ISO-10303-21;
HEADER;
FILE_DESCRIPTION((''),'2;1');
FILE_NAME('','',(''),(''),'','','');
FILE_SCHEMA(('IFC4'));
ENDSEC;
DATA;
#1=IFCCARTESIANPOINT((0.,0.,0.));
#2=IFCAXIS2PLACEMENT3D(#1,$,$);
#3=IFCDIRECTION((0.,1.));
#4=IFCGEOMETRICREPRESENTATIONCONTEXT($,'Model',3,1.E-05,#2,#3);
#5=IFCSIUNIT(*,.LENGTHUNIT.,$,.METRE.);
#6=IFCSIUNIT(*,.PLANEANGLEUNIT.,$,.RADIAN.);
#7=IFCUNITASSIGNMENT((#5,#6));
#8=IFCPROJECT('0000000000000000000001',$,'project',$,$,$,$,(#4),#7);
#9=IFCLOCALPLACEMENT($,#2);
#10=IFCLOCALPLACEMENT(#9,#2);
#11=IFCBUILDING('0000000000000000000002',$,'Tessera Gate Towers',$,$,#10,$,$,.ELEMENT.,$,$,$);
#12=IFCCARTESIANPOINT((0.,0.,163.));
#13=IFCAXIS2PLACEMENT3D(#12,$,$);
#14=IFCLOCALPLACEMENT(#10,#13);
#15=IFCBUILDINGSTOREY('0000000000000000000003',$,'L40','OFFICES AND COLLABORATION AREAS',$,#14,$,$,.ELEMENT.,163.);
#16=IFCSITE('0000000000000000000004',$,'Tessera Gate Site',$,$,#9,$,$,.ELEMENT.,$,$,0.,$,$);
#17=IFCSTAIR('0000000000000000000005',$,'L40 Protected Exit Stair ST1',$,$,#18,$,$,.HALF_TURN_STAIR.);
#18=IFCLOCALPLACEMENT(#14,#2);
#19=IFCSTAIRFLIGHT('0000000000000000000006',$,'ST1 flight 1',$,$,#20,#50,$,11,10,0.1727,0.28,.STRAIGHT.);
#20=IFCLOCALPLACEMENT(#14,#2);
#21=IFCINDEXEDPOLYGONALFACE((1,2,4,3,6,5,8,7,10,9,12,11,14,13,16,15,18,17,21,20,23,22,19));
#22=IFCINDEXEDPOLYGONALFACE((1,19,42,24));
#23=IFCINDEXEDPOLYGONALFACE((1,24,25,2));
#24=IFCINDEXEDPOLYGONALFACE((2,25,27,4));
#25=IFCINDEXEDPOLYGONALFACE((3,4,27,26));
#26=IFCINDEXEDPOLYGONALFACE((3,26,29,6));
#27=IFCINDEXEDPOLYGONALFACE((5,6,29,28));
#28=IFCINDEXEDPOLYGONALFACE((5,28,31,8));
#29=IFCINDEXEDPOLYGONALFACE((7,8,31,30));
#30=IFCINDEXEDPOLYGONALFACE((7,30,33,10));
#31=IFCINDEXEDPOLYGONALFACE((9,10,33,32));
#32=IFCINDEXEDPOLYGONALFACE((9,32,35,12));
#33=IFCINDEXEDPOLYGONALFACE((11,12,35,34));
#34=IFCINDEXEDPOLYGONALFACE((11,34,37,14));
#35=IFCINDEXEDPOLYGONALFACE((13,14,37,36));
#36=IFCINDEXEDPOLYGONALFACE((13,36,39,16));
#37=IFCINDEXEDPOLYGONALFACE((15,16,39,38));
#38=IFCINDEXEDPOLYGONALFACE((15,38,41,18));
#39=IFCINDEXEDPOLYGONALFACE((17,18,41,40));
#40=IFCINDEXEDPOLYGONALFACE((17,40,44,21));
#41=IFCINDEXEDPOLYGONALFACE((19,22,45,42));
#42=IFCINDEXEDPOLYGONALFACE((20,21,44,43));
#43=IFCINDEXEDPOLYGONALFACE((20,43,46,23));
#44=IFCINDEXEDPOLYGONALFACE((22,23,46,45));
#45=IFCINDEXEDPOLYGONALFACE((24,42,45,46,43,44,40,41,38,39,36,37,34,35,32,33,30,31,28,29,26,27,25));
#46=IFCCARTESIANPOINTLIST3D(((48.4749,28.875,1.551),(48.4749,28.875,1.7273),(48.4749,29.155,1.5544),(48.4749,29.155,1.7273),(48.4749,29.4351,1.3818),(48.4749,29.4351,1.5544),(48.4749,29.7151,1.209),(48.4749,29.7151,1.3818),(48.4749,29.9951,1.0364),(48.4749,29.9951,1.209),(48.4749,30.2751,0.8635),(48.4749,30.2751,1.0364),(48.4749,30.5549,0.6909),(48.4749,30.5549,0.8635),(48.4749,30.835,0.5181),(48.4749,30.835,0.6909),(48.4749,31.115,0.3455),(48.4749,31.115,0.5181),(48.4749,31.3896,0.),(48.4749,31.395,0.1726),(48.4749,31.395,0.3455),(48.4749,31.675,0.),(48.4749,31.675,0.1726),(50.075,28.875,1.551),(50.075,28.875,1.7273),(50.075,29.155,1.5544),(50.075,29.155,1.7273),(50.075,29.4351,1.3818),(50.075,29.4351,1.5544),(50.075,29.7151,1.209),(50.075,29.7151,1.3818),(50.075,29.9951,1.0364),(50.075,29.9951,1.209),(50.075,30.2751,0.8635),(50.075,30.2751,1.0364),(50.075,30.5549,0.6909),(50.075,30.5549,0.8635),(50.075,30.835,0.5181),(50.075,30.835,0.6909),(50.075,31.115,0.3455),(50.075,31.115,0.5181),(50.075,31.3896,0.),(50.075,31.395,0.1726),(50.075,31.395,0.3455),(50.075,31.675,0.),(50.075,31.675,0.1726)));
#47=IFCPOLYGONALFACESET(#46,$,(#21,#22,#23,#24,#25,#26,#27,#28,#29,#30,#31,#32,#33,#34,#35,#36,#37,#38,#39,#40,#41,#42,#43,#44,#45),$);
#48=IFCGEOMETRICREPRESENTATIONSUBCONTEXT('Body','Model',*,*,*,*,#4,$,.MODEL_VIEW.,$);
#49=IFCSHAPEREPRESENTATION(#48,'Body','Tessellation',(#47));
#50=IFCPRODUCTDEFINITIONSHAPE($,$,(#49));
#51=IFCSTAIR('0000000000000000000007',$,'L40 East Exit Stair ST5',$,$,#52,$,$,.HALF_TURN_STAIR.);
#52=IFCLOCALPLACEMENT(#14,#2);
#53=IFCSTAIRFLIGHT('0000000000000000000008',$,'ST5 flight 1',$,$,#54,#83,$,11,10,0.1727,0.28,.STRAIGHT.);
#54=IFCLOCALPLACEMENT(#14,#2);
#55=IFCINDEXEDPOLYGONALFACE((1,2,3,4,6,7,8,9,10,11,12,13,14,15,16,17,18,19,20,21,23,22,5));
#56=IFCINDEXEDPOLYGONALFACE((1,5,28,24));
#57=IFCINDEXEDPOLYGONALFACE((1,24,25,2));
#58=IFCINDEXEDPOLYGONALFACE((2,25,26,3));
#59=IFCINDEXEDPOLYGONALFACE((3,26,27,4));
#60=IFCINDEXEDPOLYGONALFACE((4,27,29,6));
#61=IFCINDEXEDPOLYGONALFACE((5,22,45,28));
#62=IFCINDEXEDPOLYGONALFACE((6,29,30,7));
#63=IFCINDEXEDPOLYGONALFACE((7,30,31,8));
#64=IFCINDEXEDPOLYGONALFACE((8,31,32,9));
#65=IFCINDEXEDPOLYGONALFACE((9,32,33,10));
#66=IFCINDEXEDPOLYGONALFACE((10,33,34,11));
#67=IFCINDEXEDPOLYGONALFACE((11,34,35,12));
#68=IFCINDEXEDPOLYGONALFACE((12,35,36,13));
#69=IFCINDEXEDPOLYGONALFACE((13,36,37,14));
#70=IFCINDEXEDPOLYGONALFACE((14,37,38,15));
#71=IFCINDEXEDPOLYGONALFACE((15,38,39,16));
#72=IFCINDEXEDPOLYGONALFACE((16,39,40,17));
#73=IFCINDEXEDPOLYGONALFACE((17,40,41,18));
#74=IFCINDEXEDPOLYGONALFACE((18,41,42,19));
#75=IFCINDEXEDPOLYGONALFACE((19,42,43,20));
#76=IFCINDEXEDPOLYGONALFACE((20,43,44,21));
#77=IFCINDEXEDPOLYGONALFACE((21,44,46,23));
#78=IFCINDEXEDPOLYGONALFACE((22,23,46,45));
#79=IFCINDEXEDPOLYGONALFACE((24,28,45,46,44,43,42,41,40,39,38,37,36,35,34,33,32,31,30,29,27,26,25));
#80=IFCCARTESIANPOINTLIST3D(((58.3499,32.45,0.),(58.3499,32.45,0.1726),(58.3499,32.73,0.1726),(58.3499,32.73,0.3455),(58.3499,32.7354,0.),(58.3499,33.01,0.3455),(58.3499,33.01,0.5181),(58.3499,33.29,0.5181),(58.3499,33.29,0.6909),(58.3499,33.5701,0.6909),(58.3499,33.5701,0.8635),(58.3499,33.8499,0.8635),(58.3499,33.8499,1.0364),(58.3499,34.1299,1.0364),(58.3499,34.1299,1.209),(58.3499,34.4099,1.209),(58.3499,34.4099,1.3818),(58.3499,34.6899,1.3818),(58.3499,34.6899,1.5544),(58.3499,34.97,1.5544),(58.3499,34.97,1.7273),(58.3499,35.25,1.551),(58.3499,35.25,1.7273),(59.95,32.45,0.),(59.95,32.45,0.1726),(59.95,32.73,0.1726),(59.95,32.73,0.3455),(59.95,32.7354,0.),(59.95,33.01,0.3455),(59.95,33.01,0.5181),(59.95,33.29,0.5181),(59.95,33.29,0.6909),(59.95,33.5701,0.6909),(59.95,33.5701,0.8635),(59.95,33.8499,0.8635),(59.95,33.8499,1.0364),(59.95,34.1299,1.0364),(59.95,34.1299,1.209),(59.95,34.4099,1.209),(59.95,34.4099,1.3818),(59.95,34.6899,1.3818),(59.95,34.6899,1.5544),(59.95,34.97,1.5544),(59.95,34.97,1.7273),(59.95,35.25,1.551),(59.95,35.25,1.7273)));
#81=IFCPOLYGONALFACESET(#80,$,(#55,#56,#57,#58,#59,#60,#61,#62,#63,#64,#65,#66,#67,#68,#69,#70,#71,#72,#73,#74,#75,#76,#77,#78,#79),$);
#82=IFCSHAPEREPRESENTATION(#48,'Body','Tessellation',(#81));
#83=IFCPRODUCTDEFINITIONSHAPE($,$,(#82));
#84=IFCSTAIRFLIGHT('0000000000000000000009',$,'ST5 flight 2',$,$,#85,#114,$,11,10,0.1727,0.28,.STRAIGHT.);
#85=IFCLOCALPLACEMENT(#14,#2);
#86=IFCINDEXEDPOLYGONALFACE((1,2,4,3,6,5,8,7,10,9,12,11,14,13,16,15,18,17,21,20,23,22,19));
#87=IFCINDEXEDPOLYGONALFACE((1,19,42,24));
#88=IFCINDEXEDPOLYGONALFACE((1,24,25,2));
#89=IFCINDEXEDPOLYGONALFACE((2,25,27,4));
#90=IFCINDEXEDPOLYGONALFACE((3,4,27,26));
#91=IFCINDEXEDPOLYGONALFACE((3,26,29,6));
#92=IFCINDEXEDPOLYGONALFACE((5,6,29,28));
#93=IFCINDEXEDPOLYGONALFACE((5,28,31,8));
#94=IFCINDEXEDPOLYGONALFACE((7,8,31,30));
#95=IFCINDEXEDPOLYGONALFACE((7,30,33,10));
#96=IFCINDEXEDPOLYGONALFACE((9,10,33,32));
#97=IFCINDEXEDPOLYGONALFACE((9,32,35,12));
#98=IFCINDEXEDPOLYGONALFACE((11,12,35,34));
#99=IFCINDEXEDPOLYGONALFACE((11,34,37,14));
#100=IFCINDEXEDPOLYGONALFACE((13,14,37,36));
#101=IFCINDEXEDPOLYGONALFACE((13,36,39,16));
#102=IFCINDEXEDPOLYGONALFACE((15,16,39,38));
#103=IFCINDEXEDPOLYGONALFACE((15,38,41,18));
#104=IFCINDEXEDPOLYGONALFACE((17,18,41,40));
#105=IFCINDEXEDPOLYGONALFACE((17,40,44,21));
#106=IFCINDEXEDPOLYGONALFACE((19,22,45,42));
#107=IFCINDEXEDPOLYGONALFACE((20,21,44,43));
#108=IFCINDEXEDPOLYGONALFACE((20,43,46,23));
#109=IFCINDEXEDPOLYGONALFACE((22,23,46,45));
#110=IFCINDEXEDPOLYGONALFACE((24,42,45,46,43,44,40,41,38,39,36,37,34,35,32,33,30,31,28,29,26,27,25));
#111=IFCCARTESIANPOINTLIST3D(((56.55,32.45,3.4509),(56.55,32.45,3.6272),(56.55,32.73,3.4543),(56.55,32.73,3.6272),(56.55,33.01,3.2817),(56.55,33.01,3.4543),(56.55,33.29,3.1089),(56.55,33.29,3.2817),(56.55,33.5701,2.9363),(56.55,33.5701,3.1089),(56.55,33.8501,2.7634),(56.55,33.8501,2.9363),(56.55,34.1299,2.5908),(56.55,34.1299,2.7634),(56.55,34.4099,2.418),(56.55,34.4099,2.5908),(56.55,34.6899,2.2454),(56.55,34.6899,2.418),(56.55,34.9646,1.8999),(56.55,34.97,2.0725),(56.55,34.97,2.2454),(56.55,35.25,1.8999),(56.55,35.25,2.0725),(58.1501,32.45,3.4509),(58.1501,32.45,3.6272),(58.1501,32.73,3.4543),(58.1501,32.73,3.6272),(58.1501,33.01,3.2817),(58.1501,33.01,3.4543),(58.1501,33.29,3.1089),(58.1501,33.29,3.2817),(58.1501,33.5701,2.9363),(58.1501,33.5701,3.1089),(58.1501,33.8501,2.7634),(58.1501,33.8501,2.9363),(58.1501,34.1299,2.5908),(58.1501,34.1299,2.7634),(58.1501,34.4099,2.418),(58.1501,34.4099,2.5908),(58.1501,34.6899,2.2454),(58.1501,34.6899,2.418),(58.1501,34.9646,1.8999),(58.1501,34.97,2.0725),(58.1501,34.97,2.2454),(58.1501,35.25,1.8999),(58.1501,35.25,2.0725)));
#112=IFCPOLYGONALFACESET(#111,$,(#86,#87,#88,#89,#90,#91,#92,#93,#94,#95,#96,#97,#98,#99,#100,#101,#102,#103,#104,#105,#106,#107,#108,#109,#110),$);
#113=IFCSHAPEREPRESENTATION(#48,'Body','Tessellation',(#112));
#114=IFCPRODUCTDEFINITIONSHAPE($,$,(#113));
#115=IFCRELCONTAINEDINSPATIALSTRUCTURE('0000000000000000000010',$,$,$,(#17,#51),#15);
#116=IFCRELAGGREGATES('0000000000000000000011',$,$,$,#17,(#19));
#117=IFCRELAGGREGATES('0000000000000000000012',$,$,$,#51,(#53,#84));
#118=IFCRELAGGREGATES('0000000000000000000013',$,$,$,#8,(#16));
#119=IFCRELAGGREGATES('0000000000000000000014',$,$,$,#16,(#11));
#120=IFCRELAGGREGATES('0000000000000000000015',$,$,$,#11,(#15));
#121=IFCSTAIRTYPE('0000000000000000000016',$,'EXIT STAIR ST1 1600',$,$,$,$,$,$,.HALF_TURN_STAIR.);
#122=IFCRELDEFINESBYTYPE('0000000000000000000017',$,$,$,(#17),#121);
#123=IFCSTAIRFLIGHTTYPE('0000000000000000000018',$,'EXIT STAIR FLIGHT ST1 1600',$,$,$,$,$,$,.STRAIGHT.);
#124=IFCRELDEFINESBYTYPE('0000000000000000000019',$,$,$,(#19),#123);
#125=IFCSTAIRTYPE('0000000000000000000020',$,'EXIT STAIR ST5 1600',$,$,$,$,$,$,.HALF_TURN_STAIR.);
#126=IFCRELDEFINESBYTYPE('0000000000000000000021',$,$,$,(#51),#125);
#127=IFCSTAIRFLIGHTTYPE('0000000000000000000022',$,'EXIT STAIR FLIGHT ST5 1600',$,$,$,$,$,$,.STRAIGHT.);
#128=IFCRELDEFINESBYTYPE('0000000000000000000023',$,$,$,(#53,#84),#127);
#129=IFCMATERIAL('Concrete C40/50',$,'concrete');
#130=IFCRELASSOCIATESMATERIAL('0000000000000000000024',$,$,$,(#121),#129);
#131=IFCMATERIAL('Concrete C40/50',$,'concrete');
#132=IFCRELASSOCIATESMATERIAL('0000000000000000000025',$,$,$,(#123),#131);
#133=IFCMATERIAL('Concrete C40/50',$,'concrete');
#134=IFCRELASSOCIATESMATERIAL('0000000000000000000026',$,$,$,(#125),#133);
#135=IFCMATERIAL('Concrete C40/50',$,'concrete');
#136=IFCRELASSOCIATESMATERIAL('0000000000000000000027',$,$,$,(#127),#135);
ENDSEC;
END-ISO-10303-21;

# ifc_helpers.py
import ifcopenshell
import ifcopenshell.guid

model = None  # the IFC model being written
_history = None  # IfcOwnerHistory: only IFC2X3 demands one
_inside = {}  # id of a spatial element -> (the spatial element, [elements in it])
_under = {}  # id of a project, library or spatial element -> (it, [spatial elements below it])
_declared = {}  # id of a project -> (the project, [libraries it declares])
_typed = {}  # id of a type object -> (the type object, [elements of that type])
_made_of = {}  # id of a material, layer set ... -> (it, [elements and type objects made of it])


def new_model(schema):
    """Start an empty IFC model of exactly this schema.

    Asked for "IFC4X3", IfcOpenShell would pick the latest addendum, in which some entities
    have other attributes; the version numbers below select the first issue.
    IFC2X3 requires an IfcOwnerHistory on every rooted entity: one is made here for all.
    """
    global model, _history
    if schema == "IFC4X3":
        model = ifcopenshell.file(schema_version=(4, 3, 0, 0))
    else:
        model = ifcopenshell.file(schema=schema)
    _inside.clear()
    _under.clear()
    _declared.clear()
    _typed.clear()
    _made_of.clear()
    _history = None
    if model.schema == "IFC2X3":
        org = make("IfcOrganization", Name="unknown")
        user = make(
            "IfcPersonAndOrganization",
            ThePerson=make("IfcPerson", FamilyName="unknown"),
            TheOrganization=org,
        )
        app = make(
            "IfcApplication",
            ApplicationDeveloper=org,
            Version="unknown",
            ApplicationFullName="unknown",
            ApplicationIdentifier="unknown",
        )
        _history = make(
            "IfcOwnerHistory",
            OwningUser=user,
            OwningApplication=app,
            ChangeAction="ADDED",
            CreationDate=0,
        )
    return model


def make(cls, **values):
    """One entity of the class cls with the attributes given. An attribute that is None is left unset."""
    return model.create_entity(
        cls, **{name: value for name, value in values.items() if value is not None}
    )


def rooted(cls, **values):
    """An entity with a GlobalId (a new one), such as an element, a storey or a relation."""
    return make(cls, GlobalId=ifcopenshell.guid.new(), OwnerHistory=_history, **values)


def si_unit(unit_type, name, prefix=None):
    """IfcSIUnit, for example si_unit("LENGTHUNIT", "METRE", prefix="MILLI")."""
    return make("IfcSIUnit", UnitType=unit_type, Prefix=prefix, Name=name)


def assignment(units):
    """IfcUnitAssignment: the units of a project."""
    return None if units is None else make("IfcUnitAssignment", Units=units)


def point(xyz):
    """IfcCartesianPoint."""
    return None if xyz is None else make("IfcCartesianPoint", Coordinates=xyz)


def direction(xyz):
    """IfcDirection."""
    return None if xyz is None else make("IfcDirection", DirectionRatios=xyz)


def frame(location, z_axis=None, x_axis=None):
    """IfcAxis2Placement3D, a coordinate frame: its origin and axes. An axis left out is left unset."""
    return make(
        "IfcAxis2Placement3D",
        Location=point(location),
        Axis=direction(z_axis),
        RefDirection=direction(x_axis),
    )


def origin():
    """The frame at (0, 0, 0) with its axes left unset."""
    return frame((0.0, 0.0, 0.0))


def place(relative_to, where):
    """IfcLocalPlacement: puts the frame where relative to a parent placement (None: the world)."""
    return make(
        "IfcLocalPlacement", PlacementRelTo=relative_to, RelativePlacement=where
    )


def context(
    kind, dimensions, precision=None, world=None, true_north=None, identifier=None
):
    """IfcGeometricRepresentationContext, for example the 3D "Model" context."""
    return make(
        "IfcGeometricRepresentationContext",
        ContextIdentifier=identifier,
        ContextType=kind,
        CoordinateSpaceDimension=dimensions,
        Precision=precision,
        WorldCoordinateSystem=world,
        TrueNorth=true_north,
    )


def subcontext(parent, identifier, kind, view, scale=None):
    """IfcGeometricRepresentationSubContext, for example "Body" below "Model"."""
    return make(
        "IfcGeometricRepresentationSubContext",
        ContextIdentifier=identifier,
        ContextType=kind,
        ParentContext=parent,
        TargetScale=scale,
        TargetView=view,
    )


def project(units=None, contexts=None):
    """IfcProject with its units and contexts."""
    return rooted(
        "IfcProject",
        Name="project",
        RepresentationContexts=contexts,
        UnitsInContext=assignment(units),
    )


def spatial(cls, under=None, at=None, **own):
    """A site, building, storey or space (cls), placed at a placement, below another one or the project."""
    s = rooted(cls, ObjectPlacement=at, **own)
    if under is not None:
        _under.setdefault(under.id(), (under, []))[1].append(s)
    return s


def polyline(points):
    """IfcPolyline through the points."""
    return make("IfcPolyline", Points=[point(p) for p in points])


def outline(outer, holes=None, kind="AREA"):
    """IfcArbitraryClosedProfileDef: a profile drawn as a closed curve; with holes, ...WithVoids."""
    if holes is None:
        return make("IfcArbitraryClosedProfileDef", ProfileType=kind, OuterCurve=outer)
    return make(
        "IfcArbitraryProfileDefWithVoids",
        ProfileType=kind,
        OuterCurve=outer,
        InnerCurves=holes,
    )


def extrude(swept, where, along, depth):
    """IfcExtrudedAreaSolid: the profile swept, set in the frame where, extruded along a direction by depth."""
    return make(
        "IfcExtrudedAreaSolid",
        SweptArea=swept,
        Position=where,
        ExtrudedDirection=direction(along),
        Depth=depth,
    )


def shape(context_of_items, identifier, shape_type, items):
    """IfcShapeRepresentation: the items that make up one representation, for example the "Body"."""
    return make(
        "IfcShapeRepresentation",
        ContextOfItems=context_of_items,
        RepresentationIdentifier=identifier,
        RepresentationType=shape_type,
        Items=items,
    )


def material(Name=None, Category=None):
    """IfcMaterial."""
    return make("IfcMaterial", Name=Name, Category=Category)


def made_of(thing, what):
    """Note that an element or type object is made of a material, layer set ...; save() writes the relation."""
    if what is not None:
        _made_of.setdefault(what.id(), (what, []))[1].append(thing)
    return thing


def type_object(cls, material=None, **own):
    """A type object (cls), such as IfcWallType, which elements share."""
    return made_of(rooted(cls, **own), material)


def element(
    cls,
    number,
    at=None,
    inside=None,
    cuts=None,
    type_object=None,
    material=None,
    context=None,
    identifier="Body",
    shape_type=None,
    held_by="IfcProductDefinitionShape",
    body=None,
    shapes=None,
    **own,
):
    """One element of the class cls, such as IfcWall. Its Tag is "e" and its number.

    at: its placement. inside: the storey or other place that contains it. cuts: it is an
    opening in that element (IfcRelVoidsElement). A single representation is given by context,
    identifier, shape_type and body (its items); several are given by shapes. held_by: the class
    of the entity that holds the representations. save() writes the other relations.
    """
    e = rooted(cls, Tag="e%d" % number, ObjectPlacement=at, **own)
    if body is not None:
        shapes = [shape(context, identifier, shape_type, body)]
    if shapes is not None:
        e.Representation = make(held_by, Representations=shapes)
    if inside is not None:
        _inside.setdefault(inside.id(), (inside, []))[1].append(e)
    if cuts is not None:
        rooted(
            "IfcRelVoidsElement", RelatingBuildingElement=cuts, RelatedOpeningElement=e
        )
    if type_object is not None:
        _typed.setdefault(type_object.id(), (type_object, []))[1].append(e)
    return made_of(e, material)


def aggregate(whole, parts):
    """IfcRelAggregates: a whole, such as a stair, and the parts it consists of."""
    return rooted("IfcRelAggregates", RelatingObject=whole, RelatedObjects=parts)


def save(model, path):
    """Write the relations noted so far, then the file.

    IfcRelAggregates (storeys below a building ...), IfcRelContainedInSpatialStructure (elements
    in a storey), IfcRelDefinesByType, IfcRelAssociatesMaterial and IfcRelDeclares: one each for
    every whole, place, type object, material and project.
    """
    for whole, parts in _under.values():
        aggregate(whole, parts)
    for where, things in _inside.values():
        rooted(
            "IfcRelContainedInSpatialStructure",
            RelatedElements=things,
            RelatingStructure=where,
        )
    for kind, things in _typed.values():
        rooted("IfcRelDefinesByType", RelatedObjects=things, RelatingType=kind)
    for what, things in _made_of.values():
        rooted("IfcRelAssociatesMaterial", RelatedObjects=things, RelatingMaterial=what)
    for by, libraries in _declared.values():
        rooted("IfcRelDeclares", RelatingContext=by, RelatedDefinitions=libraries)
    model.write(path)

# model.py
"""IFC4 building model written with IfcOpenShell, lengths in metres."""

from ifc_helpers import new_model, si_unit, direction, frame, origin, place, context, subcontext, project, spatial, polyline, outline, extrude, material, type_object, element, aggregate, save


model = new_model("IFC4")

# Units and contexts
model_context = context("Model", 3, precision=1e-05, world=origin(), true_north=direction((0.0, 1.0)))
body_context = subcontext(model_context, "Body", "Model", "MODEL_VIEW")
ifc_project = project(units=[si_unit("LENGTHUNIT", "METRE"), si_unit("PLANEANGLEUNIT", "RADIAN")], contexts=[model_context])

# Site, building, storey
site_placement = place(None, origin())
site = spatial("IfcSite", under=ifc_project, at=site_placement, Name="Tessera Gate Site", CompositionType="ELEMENT", RefElevation=0.0)
building_placement = place(site_placement, origin())
building = spatial("IfcBuilding", under=site, at=building_placement, Name="Tessera Gate Towers", CompositionType="ELEMENT")
storey_placement = place(building_placement, frame((0.0, 0.0, 163.0)))
storey = spatial("IfcBuildingStorey", under=building, at=storey_placement, Name="L40", Description="OFFICES AND COLLABORATION AREAS", CompositionType="ELEMENT", Elevation=163.0)

# Stair, stair flight
ifc_material_1 = material(Name="Concrete C40/50", Category="concrete")
stair_type_1 = type_object("IfcStairType", Name="EXIT STAIR ST1 1600", PredefinedType="HALF_TURN_STAIR", material=ifc_material_1)
stair_1_placement = place(storey_placement, origin())
stair_1 = element("IfcStair", 1, at=stair_1_placement, inside=storey, type_object=stair_type_1, Name="L40 Protected Exit Stair ST1", PredefinedType="HALF_TURN_STAIR")
ifc_material_2 = material(Name="Concrete C40/50", Category="concrete")
stair_flight_type_1 = type_object("IfcStairFlightType", Name="EXIT STAIR FLIGHT ST1 1600", PredefinedType="STRAIGHT", material=ifc_material_2)
stair_flight_1_placement = place(storey_placement, frame((49.2749, 31.675, 0.0), z_axis=(0.0, 0.0, 1.0), x_axis=(0.0, -1.0, 0.0)))
stair_flight_1 = element("IfcStairFlight", 2, at=stair_flight_1_placement, type_object=stair_flight_type_1, Name="ST1 flight 1", NumberOfRisers=11, NumberOfTreads=10, PredefinedType="STRAIGHT", RiserHeight=0.1727, TreadLength=0.28, context=body_context, shape_type="SweptSolid", body=[
    extrude(outline(polyline([(0.0, 0.0), (0.0, 0.1726), (0.28, 0.1726), (0.28, 0.3455), (0.5601, 0.3455), (0.5601, 0.5181), (0.8401, 0.5181), (0.8401, 0.6909), (1.1201, 0.6909), (1.1201, 0.8635), (1.3999, 0.8635), (1.3999, 1.0364), (1.6799, 1.0364), (1.6799, 1.209), (1.96, 1.209), (1.96, 1.3818), (2.24, 1.3818), (2.24, 1.5544), (2.52, 1.5544), (2.52, 1.7273), (2.8, 1.7273), (2.8, 1.8999), (2.8, 1.551), (0.2854, 0.0), (0.0, 0.0)])), frame((0.0, 0.8, 0.0), z_axis=(0.0, -1.0, 0.0), x_axis=(1.0, 0.0, 0.0)), (0.0, 0.0, 1.0), 1.6001),
])
aggregate(stair_1, [stair_flight_1])

# Stair, stair flights
ifc_material_3 = material(Name="Concrete C40/50", Category="concrete")
stair_type_2 = type_object("IfcStairType", Name="EXIT STAIR ST5 1600", PredefinedType="HALF_TURN_STAIR", material=ifc_material_3)
stair_2_placement = place(storey_placement, origin())
stair_2 = element("IfcStair", 3, at=stair_2_placement, inside=storey, type_object=stair_type_2, Name="L40 East Exit Stair ST5", PredefinedType="HALF_TURN_STAIR")
ifc_material_4 = material(Name="Concrete C40/50", Category="concrete")
stair_flight_type_2 = type_object("IfcStairFlightType", Name="EXIT STAIR FLIGHT ST5 1600", PredefinedType="STRAIGHT", material=ifc_material_4)
stair_flight_2_placement = place(storey_placement, frame((59.1499, 32.45, 0.0), z_axis=(0.0, 0.0, 1.0), x_axis=(0.0, 1.0, 0.0)))
stair_flight_2 = element("IfcStairFlight", 4, at=stair_flight_2_placement, type_object=stair_flight_type_2, Name="ST5 flight 1", NumberOfRisers=11, NumberOfTreads=10, PredefinedType="STRAIGHT", RiserHeight=0.1727, TreadLength=0.28, context=body_context, shape_type="SweptSolid", body=[
    extrude(outline(polyline([(0.0, 0.0), (0.0, 0.1726), (0.28, 0.1726), (0.28, 0.3455), (0.5601, 0.3455), (0.5601, 0.5181), (0.8401, 0.5181), (0.8401, 0.6909), (1.1201, 0.6909), (1.1201, 0.8635), (1.3999, 0.8635), (1.3999, 1.0364), (1.6799, 1.0364), (1.6799, 1.209), (1.96, 1.209), (1.96, 1.3818), (2.24, 1.3818), (2.24, 1.5544), (2.52, 1.5544), (2.52, 1.7273), (2.8, 1.7273), (2.8, 1.8999), (2.8, 1.551), (0.2854, 0.0), (0.0, 0.0)])), frame((0.0, 0.8, 0.0), z_axis=(0.0, -1.0, 0.0), x_axis=(1.0, 0.0, 0.0)), (0.0, 0.0, 1.0), 1.6001),
])
stair_flight_3_placement = place(storey_placement, frame((57.3501, 35.25, 1.8999), z_axis=(0.0, 0.0, 1.0), x_axis=(0.0, -1.0, 0.0)))
stair_flight_3 = element("IfcStairFlight", 5, at=stair_flight_3_placement, type_object=stair_flight_type_2, Name="ST5 flight 2", NumberOfRisers=11, NumberOfTreads=10, PredefinedType="STRAIGHT", RiserHeight=0.1727, TreadLength=0.28, context=body_context, shape_type="SweptSolid", body=[
    extrude(outline(polyline([(0.0, 0.0), (0.0, 0.1726), (0.28, 0.1726), (0.28, 0.3455), (0.5601, 0.3455), (0.5601, 0.5181), (0.8401, 0.5181), (0.8401, 0.6909), (1.1201, 0.6909), (1.1201, 0.8635), (1.3999, 0.8635), (1.3999, 1.0364), (1.6799, 1.0364), (1.6799, 1.209), (1.96, 1.209), (1.96, 1.3818), (2.24, 1.3818), (2.24, 1.5544), (2.52, 1.5544), (2.52, 1.7273), (2.8, 1.7273), (2.8, 1.8999), (2.8, 1.551), (0.2854, 0.0), (0.0, 0.0)])), frame((0.0, 0.8, 0.0), z_axis=(0.0, -1.0, 0.0), x_axis=(1.0, 0.0, 0.0)), (0.0, 0.0, 1.0), 1.6001),
])
aggregate(stair_2, [stair_flight_2, stair_flight_3])

save(model, "model.ifc")
